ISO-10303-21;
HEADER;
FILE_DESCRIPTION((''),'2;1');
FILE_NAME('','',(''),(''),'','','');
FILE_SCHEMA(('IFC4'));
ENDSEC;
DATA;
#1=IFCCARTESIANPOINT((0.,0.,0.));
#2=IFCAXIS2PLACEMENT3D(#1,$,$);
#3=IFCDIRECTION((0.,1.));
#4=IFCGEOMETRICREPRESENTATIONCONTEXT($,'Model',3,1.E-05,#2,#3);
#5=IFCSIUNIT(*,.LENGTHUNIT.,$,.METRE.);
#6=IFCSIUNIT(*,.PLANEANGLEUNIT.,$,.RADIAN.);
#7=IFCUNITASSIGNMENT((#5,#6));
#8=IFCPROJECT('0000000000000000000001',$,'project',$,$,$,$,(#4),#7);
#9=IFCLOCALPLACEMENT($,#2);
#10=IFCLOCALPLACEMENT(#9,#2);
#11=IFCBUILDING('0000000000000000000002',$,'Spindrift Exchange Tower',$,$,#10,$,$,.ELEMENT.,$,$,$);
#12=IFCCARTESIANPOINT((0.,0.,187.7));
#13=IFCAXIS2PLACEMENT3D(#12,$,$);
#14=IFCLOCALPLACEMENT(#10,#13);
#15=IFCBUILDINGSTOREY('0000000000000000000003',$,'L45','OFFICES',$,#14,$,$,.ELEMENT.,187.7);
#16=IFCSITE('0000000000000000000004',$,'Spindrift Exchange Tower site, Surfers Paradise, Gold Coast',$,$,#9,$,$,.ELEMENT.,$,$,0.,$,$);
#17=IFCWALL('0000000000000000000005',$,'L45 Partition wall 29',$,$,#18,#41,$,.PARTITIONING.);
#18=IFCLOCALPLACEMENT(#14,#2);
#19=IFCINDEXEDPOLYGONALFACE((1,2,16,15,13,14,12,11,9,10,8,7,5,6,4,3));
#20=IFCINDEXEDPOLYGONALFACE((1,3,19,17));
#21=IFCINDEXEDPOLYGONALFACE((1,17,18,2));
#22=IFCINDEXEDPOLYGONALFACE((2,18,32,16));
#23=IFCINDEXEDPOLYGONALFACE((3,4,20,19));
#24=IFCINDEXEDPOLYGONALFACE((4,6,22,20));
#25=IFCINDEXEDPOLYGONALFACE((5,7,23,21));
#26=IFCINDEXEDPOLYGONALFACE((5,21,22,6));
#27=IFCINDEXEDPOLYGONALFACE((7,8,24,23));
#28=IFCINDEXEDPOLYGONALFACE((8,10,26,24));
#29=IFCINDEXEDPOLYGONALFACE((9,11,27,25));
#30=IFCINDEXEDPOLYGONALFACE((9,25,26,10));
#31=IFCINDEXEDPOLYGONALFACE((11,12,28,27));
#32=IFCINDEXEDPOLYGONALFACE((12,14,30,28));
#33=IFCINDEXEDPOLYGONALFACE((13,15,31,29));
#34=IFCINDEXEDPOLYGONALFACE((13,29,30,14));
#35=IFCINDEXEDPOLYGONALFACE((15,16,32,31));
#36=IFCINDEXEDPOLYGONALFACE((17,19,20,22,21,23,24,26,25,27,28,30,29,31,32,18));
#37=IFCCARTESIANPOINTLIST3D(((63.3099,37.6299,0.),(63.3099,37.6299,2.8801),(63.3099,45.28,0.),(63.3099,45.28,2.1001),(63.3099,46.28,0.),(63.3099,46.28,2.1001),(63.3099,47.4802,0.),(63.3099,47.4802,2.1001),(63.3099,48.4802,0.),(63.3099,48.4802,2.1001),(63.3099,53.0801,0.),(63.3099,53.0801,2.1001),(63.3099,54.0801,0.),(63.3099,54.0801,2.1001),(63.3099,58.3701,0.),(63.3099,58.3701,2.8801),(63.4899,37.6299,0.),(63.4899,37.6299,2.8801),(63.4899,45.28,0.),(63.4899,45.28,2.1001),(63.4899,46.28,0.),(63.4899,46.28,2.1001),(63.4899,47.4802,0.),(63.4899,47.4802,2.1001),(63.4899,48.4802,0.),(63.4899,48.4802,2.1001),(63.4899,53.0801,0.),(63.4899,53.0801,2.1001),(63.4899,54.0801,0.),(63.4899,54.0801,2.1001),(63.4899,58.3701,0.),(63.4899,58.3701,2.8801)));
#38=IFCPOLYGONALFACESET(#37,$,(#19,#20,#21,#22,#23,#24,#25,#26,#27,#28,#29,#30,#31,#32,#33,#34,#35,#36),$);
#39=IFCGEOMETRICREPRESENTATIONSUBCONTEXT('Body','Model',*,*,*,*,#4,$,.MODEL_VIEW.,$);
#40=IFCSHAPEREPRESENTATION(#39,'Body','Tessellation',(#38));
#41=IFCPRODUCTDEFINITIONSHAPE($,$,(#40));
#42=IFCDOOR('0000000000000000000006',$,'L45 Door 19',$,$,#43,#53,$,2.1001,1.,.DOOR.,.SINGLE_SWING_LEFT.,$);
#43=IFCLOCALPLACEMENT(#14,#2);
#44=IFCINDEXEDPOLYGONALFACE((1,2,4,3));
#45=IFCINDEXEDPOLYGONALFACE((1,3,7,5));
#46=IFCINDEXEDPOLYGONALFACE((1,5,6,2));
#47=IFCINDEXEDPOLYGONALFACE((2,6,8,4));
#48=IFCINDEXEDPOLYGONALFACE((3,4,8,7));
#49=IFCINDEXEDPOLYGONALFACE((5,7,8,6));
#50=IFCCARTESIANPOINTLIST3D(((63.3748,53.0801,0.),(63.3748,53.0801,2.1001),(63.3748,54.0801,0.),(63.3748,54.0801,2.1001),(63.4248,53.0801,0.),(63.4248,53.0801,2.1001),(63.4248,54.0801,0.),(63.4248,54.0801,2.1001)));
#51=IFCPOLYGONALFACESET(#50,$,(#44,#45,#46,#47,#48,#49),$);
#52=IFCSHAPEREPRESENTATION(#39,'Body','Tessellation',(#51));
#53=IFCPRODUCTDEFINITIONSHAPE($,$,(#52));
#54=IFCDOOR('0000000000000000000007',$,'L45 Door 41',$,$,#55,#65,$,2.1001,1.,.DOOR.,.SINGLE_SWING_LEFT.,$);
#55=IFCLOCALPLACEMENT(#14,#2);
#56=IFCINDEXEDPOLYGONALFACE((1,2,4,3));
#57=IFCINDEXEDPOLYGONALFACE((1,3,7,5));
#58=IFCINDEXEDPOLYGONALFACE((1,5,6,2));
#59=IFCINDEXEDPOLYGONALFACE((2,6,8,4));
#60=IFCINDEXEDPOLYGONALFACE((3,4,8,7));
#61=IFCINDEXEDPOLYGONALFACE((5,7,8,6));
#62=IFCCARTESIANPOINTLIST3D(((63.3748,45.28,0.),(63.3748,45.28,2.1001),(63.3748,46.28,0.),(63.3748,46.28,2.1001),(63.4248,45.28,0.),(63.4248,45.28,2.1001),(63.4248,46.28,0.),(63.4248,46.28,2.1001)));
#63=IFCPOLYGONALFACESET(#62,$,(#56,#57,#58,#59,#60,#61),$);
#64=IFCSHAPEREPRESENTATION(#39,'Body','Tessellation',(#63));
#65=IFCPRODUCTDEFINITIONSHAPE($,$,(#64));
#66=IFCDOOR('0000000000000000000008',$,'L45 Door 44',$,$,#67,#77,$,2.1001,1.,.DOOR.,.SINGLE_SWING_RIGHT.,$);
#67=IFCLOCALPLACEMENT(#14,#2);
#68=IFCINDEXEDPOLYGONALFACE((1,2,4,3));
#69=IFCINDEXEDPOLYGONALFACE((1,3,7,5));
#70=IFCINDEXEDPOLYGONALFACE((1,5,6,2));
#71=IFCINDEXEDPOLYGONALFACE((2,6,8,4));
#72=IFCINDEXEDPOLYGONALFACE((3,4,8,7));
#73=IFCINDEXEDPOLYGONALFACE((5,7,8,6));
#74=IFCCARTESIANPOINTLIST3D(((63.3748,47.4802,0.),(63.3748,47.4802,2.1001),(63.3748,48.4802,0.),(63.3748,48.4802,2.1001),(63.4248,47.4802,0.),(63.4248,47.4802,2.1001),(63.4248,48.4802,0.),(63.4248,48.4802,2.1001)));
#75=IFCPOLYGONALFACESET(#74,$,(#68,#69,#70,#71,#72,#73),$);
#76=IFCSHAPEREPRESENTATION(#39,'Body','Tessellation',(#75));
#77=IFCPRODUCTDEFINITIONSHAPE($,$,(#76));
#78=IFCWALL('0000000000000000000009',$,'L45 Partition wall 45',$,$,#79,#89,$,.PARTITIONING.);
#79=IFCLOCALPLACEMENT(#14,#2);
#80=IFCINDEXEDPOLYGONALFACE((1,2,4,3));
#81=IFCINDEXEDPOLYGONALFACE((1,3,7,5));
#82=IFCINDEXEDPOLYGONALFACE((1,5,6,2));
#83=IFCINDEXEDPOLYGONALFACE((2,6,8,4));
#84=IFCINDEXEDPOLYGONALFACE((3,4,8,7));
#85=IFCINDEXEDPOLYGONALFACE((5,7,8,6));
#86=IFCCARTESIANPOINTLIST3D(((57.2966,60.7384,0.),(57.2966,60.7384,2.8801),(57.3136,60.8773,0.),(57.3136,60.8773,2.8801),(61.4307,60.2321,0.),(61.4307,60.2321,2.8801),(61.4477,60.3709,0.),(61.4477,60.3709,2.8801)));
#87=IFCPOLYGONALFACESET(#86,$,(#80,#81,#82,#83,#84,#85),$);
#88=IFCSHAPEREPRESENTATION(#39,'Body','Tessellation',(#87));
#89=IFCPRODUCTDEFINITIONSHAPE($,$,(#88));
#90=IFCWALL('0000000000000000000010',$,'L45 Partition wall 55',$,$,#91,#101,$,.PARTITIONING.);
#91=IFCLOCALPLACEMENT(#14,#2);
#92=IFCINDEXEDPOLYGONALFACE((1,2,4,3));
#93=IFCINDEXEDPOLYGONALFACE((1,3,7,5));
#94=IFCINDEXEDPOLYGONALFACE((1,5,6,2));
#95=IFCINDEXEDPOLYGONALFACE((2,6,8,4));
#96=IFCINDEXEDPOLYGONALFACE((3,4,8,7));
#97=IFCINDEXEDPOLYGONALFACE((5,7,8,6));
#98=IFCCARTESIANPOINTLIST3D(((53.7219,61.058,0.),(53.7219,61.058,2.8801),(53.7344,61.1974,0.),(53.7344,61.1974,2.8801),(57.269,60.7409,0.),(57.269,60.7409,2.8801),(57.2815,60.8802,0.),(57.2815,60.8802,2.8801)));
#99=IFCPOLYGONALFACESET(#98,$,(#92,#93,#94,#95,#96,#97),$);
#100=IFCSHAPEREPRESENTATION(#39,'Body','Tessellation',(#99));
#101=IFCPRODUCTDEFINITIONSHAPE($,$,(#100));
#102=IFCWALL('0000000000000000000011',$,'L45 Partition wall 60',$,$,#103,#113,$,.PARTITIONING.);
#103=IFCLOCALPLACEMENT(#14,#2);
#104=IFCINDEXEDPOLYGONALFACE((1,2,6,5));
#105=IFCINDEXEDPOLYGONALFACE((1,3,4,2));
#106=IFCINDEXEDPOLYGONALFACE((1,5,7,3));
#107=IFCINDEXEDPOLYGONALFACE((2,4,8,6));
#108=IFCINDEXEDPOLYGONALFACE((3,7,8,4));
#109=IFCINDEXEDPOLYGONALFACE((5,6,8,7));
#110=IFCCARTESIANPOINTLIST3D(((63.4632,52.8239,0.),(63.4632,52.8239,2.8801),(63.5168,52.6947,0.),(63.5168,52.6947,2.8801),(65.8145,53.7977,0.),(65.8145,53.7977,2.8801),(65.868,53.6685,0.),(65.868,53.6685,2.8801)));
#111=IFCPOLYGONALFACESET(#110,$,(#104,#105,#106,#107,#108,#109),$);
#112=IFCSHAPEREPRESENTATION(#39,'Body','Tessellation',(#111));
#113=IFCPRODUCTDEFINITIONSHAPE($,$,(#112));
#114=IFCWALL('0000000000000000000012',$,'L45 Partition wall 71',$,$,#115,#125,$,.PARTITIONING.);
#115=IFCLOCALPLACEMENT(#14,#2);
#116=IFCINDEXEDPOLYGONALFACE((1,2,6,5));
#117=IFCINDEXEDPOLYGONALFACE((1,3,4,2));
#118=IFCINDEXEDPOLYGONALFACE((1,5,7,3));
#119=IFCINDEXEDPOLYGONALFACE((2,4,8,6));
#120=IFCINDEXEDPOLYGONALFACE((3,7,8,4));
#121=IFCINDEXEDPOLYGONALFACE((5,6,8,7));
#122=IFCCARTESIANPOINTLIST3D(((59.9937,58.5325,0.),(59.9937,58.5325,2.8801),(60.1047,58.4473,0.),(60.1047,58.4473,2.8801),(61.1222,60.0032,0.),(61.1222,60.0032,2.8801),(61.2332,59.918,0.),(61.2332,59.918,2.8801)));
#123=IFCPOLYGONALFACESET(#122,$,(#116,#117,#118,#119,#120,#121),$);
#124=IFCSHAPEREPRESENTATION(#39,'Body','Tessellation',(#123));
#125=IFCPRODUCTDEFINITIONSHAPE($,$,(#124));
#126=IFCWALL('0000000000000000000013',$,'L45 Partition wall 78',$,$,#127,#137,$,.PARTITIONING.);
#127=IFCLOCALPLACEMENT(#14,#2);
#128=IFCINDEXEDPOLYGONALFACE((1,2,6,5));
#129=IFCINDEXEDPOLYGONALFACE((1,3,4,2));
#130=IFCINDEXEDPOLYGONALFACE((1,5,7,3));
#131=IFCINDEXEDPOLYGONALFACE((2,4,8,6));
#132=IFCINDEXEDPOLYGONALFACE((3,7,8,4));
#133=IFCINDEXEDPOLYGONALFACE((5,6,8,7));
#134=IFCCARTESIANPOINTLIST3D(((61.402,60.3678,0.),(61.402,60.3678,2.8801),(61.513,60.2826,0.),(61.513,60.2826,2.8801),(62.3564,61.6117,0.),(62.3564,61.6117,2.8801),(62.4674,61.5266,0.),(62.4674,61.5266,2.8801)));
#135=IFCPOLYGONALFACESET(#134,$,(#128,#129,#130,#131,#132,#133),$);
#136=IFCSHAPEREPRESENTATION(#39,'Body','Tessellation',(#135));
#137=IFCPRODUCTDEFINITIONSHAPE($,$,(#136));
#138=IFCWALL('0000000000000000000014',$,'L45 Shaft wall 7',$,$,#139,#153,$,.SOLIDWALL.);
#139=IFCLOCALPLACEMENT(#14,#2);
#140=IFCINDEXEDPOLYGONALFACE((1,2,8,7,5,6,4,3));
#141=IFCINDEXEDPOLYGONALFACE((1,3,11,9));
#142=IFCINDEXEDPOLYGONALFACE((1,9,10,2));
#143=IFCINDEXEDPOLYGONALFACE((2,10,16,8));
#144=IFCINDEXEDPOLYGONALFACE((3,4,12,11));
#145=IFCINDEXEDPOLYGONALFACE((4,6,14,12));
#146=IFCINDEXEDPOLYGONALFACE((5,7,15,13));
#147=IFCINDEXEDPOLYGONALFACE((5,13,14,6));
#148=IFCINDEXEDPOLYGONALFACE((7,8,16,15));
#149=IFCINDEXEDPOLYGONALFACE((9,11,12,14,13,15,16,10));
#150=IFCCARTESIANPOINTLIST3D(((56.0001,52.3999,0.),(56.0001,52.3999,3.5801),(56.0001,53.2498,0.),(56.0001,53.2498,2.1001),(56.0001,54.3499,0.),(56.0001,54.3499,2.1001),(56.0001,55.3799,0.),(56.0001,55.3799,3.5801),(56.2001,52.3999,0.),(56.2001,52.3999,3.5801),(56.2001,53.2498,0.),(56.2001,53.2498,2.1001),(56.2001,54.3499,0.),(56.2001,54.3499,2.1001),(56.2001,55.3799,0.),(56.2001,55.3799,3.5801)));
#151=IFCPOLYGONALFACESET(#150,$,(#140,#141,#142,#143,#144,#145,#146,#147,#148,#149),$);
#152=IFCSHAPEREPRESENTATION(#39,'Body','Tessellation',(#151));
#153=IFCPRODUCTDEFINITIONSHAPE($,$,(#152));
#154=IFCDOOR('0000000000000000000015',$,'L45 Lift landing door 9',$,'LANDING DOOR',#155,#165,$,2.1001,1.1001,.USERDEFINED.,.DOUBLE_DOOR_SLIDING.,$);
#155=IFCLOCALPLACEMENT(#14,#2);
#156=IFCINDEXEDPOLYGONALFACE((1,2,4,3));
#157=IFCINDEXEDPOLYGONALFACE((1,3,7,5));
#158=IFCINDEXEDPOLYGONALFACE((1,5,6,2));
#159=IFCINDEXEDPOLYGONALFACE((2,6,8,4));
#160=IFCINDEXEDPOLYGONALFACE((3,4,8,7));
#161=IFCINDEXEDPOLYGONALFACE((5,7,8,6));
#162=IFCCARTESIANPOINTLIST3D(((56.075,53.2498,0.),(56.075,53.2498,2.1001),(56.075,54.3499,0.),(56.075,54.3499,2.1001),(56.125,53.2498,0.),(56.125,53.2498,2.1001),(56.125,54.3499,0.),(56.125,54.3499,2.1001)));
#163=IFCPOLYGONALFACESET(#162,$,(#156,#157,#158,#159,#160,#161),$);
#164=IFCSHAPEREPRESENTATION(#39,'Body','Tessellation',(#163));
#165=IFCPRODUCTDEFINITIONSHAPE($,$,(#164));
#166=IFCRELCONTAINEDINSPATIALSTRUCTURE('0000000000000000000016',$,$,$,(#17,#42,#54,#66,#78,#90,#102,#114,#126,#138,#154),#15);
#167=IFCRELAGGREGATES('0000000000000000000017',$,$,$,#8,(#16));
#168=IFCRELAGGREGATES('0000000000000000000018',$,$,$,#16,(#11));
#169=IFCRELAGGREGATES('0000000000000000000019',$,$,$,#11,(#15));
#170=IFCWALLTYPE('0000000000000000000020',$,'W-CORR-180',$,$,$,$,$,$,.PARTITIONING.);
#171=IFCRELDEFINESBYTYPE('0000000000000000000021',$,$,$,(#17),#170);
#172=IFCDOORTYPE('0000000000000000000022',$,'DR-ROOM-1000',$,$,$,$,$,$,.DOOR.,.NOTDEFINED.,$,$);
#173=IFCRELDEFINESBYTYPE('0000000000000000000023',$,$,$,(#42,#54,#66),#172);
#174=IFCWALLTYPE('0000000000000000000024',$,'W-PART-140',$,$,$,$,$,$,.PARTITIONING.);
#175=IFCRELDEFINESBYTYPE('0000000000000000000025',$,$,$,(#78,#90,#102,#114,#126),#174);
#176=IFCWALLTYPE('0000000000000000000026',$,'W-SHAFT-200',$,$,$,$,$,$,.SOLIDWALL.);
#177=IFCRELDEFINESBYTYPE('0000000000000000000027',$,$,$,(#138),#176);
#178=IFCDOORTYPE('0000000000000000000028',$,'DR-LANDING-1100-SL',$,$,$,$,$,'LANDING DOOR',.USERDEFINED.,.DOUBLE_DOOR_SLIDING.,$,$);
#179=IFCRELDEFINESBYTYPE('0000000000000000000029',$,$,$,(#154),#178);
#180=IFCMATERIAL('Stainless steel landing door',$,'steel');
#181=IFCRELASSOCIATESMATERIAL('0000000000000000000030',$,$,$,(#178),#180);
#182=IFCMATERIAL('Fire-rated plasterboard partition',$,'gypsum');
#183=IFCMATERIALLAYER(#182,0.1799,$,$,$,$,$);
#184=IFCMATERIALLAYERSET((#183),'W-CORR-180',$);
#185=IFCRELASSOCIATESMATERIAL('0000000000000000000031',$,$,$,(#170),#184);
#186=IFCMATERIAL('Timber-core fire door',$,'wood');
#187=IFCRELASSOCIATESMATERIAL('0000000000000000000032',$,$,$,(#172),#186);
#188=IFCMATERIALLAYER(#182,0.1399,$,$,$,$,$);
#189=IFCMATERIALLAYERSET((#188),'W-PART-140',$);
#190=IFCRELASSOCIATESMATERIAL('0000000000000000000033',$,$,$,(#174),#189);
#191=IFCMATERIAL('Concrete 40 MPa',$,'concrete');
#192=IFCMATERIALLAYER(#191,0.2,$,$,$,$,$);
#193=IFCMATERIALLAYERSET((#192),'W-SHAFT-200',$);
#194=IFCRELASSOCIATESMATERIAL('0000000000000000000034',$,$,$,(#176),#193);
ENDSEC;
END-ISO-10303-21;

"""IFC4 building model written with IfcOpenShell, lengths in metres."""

from ifc_helpers import new_model, si_unit, direction, frame, frame_2d, origin, place, context, subcontext, project, spatial, rectangle, extrude, source, transform, mapped, material, layer, layer_set, type_object, element, fill, save


model = new_model("IFC4")

# Units and contexts
model_context = context("Model", 3, precision=1e-05, world=origin(), true_north=direction((0.0, 1.0)))
body_context = subcontext(model_context, "Body", "Model", "MODEL_VIEW")
ifc_project = project(units=[si_unit("LENGTHUNIT", "METRE"), si_unit("PLANEANGLEUNIT", "RADIAN")], contexts=[model_context])

# Site, building, storey
site_placement = place(None, origin())
site = spatial("IfcSite", under=ifc_project, at=site_placement, Name="Spindrift Exchange Tower site, Surfers Paradise, Gold Coast", CompositionType="ELEMENT", RefElevation=0.0)
building_placement = place(site_placement, origin())
building = spatial("IfcBuilding", under=site, at=building_placement, Name="Spindrift Exchange Tower", CompositionType="ELEMENT")
storey_placement = place(building_placement, frame((0.0, 0.0, 187.7)))
storey = spatial("IfcBuildingStorey", under=building, at=storey_placement, Name="L45", Description="OFFICES", CompositionType="ELEMENT", Elevation=187.7)

# Wall, openings, doors
ifc_material_1 = material(Name="Stainless steel landing door", Category="steel")
door_type_1 = type_object("IfcDoorType", Name="DR-LANDING-1100-SL", ElementType="LANDING DOOR", OperationType="DOUBLE_DOOR_SLIDING", PredefinedType="USERDEFINED", material=ifc_material_1)
shared_shape_1 = source(origin(), body_context, "Body", "SweptSolid", [
    extrude(rectangle(XDim=1.1001, YDim=2.1001, at=frame_2d((0.55, 1.05))), frame((0.0, 0.0249, 0.0), z_axis=(0.0, -1.0, 0.0), x_axis=(1.0, 0.0, 0.0)), (0.0, 0.0, 1.0), 0.05),
])
ifc_material_2 = material(Name="Timber-core fire door", Category="wood")
ifc_material_3 = material(Name="Fire-rated plasterboard partition", Category="gypsum")
ifc_layer_1 = layer(ifc_material_3, 0.1799)
ifc_layer_set_1 = layer_set([ifc_layer_1], Name="W-CORR-180")
wall_type_1 = type_object("IfcWallType", Name="W-CORR-180", PredefinedType="PARTITIONING", material=ifc_layer_set_1)
wall_1_placement = place(storey_placement, frame((63.3999, 58.3701, 0.0), z_axis=(0.0, 0.0, 1.0), x_axis=(0.0, -1.0, 0.0)))
wall_1 = element("IfcWall", 1, at=wall_1_placement, inside=storey, type_object=wall_type_1, Name="L45 Partition wall 29", PredefinedType="PARTITIONING", context=body_context, shape_type="SweptSolid", body=[
    extrude(rectangle(XDim=20.7402, YDim=0.1799, at=frame_2d((10.3701, 0.0))), origin(), (0.0, 0.0, 1.0), 2.8801),
])
opening_1_placement = place(wall_1_placement, frame((4.29, 0.0, 0.0)))
opening_1 = element("IfcOpeningElement", 2, at=opening_1_placement, cuts=wall_1, PredefinedType="OPENING", context=body_context, shape_type="SweptSolid", body=[
    extrude(rectangle(XDim=1.0, YDim=2.1001, at=frame_2d((0.5, 1.05))), frame((0.0, 0.0999, 0.0), z_axis=(0.0, -1.0, 0.0), x_axis=(1.0, 0.0, 0.0)), (0.0, 0.0, 1.0), 0.2),
])
opening_2_placement = place(wall_1_placement, frame((12.0901, 0.0, 0.0)))
opening_2 = element("IfcOpeningElement", 3, at=opening_2_placement, cuts=wall_1, PredefinedType="OPENING", context=body_context, shape_type="SweptSolid", body=[
    extrude(rectangle(XDim=1.0, YDim=2.1001, at=frame_2d((0.5, 1.05))), frame((0.0, 0.0999, 0.0), z_axis=(0.0, -1.0, 0.0), x_axis=(1.0, 0.0, 0.0)), (0.0, 0.0, 1.0), 0.2),
])
opening_3_placement = place(wall_1_placement, frame((9.8899, 0.0, 0.0)))
opening_3 = element("IfcOpeningElement", 4, at=opening_3_placement, cuts=wall_1, PredefinedType="OPENING", context=body_context, shape_type="SweptSolid", body=[
    extrude(rectangle(XDim=1.0, YDim=2.1001, at=frame_2d((0.5, 1.05))), frame((0.0, 0.0999, 0.0), z_axis=(0.0, -1.0, 0.0), x_axis=(1.0, 0.0, 0.0)), (0.0, 0.0, 1.0), 0.2),
])
door_type_2 = type_object("IfcDoorType", Name="DR-ROOM-1000", OperationType="NOTDEFINED", PredefinedType="DOOR", material=ifc_material_2)
shared_shape_2 = source(origin(), body_context, "Body", "SweptSolid", [
    extrude(rectangle(XDim=1.0, YDim=2.1001, at=frame_2d((0.5, 1.05))), frame((0.0, 0.0249, 0.0), z_axis=(0.0, -1.0, 0.0), x_axis=(1.0, 0.0, 0.0)), (0.0, 0.0, 1.0), 0.05),
])
door_1_placement = place(opening_1_placement, origin())
door_1 = element("IfcDoor", 5, at=door_1_placement, inside=storey, type_object=door_type_2, Name="L45 Door 19", OperationType="SINGLE_SWING_LEFT", OverallHeight=2.1001, OverallWidth=1.0, PredefinedType="DOOR", context=body_context, shape_type="MappedRepresentation", body=[
    mapped(shared_shape_2, transform((0.0, 0.0, 0.0), scale=1.0)),
])
fill(opening_1, door_1)
door_2_placement = place(opening_2_placement, origin())
door_2 = element("IfcDoor", 6, at=door_2_placement, inside=storey, type_object=door_type_2, Name="L45 Door 41", OperationType="SINGLE_SWING_LEFT", OverallHeight=2.1001, OverallWidth=1.0, PredefinedType="DOOR", context=body_context, shape_type="MappedRepresentation", body=[
    mapped(shared_shape_2, transform((0.0, 0.0, 0.0), scale=1.0)),
])
fill(opening_2, door_2)
door_3_placement = place(opening_3_placement, origin())
door_3 = element("IfcDoor", 7, at=door_3_placement, inside=storey, type_object=door_type_2, Name="L45 Door 44", OperationType="SINGLE_SWING_RIGHT", OverallHeight=2.1001, OverallWidth=1.0, PredefinedType="DOOR", context=body_context, shape_type="MappedRepresentation", body=[
    mapped(shared_shape_2, transform((0.0, 0.0, 0.0), scale=1.0)),
])
fill(opening_3, door_3)

# Walls
ifc_layer_2 = layer(ifc_material_3, 0.1399)
ifc_layer_set_2 = layer_set([ifc_layer_2], Name="W-PART-140")
wall_type_2 = type_object("IfcWallType", Name="W-PART-140", PredefinedType="PARTITIONING", material=ifc_layer_set_2)
wall_2_placement = place(storey_placement, frame((61.4392, 60.3015, 0.0), z_axis=(0.0, 0.0, 1.0), x_axis=(-0.992582, 0.121574, 0.0)))
element("IfcWall", 8, at=wall_2_placement, inside=storey, type_object=wall_type_2, Name="L45 Partition wall 45", PredefinedType="PARTITIONING", context=body_context, shape_type="SweptSolid", body=[
    extrude(rectangle(XDim=4.165, YDim=0.1399, at=frame_2d((2.0825, 0.0))), origin(), (0.0, 0.0, 1.0), 2.8801),
])
wall_3_placement = place(storey_placement, frame((57.2754, 60.8105, 0.0), z_axis=(0.0, 0.0, 1.0), x_axis=(-0.996027, 0.089052, 0.0)))
element("IfcWall", 9, at=wall_3_placement, inside=storey, type_object=wall_type_2, Name="L45 Partition wall 55", PredefinedType="PARTITIONING", context=body_context, shape_type="SweptSolid", body=[
    extrude(rectangle(XDim=3.5613, YDim=0.1399, at=frame_2d((1.7808, 0.0))), origin(), (0.0, 0.0, 1.0), 2.8801),
])
wall_4_placement = place(storey_placement, frame((63.49, 52.7593, 0.0), z_axis=(0.0, 0.0, 1.0), x_axis=(0.923889, 0.38266, 0.0)))
element("IfcWall", 10, at=wall_4_placement, inside=storey, type_object=wall_type_2, Name="L45 Partition wall 60", PredefinedType="PARTITIONING", context=body_context, shape_type="SweptSolid", body=[
    extrude(rectangle(XDim=2.5449, YDim=0.1399, at=frame_2d((1.2725, 0.0))), origin(), (0.0, 0.0, 1.0), 2.8801),
])
wall_5_placement = place(storey_placement, frame((60.0493, 58.49, 0.0), z_axis=(0.0, 0.0, 1.0), x_axis=(0.60873, 0.793377, 0.0)))
element("IfcWall", 11, at=wall_5_placement, inside=storey, type_object=wall_type_2, Name="L45 Partition wall 71", PredefinedType="PARTITIONING", context=body_context, shape_type="SweptSolid", body=[
    extrude(rectangle(XDim=1.8538, YDim=0.1399, at=frame_2d((0.9268, 0.0))), origin(), (0.0, 0.0, 1.0), 2.8801),
])
wall_6_placement = place(storey_placement, frame((61.4575, 60.3252, 0.0), z_axis=(0.0, 0.0, 1.0), x_axis=(0.608709, 0.793393, 0.0)))
element("IfcWall", 12, at=wall_6_placement, inside=storey, type_object=wall_type_2, Name="L45 Partition wall 78", PredefinedType="PARTITIONING", context=body_context, shape_type="SweptSolid", body=[
    extrude(rectangle(XDim=1.5679, YDim=0.1399, at=frame_2d((0.7839, 0.0))), origin(), (0.0, 0.0, 1.0), 2.8801),
])

# Wall, opening, door
ifc_material_4 = material(Name="Concrete 40 MPa", Category="concrete")
ifc_layer_3 = layer(ifc_material_4, 0.2)
ifc_layer_set_3 = layer_set([ifc_layer_3], Name="W-SHAFT-200")
wall_type_3 = type_object("IfcWallType", Name="W-SHAFT-200", PredefinedType="SOLIDWALL", material=ifc_layer_set_3)
wall_7_placement = place(storey_placement, frame((56.1001, 55.3799, 0.0), z_axis=(0.0, 0.0, 1.0), x_axis=(0.0, -1.0, 0.0)))
wall_7 = element("IfcWall", 13, at=wall_7_placement, inside=storey, type_object=wall_type_3, Name="L45 Shaft wall 7", PredefinedType="SOLIDWALL", context=body_context, shape_type="SweptSolid", body=[
    extrude(rectangle(XDim=2.98, YDim=0.2, at=frame_2d((1.49, 0.0))), origin(), (0.0, 0.0, 1.0), 3.5801),
])
opening_4_placement = place(wall_7_placement, frame((1.03, 0.0, 0.0)))
opening_4 = element("IfcOpeningElement", 14, at=opening_4_placement, cuts=wall_7, PredefinedType="OPENING", context=body_context, shape_type="SweptSolid", body=[
    extrude(rectangle(XDim=1.1001, YDim=2.1001, at=frame_2d((0.55, 1.05))), frame((0.0, 0.1099, 0.0), z_axis=(0.0, -1.0, 0.0), x_axis=(1.0, 0.0, 0.0)), (0.0, 0.0, 1.0), 0.22),
])
door_4_placement = place(opening_4_placement, origin())
door_4 = element("IfcDoor", 15, at=door_4_placement, inside=storey, type_object=door_type_1, Name="L45 Lift landing door 9", ObjectType="LANDING DOOR", OperationType="DOUBLE_DOOR_SLIDING", OverallHeight=2.1001, OverallWidth=1.1001, PredefinedType="USERDEFINED", context=body_context, shape_type="MappedRepresentation", body=[
    mapped(shared_shape_1, transform((0.0, 0.0, 0.0), scale=1.0)),
])
fill(opening_4, door_4)

save(model, "model.ifc")
